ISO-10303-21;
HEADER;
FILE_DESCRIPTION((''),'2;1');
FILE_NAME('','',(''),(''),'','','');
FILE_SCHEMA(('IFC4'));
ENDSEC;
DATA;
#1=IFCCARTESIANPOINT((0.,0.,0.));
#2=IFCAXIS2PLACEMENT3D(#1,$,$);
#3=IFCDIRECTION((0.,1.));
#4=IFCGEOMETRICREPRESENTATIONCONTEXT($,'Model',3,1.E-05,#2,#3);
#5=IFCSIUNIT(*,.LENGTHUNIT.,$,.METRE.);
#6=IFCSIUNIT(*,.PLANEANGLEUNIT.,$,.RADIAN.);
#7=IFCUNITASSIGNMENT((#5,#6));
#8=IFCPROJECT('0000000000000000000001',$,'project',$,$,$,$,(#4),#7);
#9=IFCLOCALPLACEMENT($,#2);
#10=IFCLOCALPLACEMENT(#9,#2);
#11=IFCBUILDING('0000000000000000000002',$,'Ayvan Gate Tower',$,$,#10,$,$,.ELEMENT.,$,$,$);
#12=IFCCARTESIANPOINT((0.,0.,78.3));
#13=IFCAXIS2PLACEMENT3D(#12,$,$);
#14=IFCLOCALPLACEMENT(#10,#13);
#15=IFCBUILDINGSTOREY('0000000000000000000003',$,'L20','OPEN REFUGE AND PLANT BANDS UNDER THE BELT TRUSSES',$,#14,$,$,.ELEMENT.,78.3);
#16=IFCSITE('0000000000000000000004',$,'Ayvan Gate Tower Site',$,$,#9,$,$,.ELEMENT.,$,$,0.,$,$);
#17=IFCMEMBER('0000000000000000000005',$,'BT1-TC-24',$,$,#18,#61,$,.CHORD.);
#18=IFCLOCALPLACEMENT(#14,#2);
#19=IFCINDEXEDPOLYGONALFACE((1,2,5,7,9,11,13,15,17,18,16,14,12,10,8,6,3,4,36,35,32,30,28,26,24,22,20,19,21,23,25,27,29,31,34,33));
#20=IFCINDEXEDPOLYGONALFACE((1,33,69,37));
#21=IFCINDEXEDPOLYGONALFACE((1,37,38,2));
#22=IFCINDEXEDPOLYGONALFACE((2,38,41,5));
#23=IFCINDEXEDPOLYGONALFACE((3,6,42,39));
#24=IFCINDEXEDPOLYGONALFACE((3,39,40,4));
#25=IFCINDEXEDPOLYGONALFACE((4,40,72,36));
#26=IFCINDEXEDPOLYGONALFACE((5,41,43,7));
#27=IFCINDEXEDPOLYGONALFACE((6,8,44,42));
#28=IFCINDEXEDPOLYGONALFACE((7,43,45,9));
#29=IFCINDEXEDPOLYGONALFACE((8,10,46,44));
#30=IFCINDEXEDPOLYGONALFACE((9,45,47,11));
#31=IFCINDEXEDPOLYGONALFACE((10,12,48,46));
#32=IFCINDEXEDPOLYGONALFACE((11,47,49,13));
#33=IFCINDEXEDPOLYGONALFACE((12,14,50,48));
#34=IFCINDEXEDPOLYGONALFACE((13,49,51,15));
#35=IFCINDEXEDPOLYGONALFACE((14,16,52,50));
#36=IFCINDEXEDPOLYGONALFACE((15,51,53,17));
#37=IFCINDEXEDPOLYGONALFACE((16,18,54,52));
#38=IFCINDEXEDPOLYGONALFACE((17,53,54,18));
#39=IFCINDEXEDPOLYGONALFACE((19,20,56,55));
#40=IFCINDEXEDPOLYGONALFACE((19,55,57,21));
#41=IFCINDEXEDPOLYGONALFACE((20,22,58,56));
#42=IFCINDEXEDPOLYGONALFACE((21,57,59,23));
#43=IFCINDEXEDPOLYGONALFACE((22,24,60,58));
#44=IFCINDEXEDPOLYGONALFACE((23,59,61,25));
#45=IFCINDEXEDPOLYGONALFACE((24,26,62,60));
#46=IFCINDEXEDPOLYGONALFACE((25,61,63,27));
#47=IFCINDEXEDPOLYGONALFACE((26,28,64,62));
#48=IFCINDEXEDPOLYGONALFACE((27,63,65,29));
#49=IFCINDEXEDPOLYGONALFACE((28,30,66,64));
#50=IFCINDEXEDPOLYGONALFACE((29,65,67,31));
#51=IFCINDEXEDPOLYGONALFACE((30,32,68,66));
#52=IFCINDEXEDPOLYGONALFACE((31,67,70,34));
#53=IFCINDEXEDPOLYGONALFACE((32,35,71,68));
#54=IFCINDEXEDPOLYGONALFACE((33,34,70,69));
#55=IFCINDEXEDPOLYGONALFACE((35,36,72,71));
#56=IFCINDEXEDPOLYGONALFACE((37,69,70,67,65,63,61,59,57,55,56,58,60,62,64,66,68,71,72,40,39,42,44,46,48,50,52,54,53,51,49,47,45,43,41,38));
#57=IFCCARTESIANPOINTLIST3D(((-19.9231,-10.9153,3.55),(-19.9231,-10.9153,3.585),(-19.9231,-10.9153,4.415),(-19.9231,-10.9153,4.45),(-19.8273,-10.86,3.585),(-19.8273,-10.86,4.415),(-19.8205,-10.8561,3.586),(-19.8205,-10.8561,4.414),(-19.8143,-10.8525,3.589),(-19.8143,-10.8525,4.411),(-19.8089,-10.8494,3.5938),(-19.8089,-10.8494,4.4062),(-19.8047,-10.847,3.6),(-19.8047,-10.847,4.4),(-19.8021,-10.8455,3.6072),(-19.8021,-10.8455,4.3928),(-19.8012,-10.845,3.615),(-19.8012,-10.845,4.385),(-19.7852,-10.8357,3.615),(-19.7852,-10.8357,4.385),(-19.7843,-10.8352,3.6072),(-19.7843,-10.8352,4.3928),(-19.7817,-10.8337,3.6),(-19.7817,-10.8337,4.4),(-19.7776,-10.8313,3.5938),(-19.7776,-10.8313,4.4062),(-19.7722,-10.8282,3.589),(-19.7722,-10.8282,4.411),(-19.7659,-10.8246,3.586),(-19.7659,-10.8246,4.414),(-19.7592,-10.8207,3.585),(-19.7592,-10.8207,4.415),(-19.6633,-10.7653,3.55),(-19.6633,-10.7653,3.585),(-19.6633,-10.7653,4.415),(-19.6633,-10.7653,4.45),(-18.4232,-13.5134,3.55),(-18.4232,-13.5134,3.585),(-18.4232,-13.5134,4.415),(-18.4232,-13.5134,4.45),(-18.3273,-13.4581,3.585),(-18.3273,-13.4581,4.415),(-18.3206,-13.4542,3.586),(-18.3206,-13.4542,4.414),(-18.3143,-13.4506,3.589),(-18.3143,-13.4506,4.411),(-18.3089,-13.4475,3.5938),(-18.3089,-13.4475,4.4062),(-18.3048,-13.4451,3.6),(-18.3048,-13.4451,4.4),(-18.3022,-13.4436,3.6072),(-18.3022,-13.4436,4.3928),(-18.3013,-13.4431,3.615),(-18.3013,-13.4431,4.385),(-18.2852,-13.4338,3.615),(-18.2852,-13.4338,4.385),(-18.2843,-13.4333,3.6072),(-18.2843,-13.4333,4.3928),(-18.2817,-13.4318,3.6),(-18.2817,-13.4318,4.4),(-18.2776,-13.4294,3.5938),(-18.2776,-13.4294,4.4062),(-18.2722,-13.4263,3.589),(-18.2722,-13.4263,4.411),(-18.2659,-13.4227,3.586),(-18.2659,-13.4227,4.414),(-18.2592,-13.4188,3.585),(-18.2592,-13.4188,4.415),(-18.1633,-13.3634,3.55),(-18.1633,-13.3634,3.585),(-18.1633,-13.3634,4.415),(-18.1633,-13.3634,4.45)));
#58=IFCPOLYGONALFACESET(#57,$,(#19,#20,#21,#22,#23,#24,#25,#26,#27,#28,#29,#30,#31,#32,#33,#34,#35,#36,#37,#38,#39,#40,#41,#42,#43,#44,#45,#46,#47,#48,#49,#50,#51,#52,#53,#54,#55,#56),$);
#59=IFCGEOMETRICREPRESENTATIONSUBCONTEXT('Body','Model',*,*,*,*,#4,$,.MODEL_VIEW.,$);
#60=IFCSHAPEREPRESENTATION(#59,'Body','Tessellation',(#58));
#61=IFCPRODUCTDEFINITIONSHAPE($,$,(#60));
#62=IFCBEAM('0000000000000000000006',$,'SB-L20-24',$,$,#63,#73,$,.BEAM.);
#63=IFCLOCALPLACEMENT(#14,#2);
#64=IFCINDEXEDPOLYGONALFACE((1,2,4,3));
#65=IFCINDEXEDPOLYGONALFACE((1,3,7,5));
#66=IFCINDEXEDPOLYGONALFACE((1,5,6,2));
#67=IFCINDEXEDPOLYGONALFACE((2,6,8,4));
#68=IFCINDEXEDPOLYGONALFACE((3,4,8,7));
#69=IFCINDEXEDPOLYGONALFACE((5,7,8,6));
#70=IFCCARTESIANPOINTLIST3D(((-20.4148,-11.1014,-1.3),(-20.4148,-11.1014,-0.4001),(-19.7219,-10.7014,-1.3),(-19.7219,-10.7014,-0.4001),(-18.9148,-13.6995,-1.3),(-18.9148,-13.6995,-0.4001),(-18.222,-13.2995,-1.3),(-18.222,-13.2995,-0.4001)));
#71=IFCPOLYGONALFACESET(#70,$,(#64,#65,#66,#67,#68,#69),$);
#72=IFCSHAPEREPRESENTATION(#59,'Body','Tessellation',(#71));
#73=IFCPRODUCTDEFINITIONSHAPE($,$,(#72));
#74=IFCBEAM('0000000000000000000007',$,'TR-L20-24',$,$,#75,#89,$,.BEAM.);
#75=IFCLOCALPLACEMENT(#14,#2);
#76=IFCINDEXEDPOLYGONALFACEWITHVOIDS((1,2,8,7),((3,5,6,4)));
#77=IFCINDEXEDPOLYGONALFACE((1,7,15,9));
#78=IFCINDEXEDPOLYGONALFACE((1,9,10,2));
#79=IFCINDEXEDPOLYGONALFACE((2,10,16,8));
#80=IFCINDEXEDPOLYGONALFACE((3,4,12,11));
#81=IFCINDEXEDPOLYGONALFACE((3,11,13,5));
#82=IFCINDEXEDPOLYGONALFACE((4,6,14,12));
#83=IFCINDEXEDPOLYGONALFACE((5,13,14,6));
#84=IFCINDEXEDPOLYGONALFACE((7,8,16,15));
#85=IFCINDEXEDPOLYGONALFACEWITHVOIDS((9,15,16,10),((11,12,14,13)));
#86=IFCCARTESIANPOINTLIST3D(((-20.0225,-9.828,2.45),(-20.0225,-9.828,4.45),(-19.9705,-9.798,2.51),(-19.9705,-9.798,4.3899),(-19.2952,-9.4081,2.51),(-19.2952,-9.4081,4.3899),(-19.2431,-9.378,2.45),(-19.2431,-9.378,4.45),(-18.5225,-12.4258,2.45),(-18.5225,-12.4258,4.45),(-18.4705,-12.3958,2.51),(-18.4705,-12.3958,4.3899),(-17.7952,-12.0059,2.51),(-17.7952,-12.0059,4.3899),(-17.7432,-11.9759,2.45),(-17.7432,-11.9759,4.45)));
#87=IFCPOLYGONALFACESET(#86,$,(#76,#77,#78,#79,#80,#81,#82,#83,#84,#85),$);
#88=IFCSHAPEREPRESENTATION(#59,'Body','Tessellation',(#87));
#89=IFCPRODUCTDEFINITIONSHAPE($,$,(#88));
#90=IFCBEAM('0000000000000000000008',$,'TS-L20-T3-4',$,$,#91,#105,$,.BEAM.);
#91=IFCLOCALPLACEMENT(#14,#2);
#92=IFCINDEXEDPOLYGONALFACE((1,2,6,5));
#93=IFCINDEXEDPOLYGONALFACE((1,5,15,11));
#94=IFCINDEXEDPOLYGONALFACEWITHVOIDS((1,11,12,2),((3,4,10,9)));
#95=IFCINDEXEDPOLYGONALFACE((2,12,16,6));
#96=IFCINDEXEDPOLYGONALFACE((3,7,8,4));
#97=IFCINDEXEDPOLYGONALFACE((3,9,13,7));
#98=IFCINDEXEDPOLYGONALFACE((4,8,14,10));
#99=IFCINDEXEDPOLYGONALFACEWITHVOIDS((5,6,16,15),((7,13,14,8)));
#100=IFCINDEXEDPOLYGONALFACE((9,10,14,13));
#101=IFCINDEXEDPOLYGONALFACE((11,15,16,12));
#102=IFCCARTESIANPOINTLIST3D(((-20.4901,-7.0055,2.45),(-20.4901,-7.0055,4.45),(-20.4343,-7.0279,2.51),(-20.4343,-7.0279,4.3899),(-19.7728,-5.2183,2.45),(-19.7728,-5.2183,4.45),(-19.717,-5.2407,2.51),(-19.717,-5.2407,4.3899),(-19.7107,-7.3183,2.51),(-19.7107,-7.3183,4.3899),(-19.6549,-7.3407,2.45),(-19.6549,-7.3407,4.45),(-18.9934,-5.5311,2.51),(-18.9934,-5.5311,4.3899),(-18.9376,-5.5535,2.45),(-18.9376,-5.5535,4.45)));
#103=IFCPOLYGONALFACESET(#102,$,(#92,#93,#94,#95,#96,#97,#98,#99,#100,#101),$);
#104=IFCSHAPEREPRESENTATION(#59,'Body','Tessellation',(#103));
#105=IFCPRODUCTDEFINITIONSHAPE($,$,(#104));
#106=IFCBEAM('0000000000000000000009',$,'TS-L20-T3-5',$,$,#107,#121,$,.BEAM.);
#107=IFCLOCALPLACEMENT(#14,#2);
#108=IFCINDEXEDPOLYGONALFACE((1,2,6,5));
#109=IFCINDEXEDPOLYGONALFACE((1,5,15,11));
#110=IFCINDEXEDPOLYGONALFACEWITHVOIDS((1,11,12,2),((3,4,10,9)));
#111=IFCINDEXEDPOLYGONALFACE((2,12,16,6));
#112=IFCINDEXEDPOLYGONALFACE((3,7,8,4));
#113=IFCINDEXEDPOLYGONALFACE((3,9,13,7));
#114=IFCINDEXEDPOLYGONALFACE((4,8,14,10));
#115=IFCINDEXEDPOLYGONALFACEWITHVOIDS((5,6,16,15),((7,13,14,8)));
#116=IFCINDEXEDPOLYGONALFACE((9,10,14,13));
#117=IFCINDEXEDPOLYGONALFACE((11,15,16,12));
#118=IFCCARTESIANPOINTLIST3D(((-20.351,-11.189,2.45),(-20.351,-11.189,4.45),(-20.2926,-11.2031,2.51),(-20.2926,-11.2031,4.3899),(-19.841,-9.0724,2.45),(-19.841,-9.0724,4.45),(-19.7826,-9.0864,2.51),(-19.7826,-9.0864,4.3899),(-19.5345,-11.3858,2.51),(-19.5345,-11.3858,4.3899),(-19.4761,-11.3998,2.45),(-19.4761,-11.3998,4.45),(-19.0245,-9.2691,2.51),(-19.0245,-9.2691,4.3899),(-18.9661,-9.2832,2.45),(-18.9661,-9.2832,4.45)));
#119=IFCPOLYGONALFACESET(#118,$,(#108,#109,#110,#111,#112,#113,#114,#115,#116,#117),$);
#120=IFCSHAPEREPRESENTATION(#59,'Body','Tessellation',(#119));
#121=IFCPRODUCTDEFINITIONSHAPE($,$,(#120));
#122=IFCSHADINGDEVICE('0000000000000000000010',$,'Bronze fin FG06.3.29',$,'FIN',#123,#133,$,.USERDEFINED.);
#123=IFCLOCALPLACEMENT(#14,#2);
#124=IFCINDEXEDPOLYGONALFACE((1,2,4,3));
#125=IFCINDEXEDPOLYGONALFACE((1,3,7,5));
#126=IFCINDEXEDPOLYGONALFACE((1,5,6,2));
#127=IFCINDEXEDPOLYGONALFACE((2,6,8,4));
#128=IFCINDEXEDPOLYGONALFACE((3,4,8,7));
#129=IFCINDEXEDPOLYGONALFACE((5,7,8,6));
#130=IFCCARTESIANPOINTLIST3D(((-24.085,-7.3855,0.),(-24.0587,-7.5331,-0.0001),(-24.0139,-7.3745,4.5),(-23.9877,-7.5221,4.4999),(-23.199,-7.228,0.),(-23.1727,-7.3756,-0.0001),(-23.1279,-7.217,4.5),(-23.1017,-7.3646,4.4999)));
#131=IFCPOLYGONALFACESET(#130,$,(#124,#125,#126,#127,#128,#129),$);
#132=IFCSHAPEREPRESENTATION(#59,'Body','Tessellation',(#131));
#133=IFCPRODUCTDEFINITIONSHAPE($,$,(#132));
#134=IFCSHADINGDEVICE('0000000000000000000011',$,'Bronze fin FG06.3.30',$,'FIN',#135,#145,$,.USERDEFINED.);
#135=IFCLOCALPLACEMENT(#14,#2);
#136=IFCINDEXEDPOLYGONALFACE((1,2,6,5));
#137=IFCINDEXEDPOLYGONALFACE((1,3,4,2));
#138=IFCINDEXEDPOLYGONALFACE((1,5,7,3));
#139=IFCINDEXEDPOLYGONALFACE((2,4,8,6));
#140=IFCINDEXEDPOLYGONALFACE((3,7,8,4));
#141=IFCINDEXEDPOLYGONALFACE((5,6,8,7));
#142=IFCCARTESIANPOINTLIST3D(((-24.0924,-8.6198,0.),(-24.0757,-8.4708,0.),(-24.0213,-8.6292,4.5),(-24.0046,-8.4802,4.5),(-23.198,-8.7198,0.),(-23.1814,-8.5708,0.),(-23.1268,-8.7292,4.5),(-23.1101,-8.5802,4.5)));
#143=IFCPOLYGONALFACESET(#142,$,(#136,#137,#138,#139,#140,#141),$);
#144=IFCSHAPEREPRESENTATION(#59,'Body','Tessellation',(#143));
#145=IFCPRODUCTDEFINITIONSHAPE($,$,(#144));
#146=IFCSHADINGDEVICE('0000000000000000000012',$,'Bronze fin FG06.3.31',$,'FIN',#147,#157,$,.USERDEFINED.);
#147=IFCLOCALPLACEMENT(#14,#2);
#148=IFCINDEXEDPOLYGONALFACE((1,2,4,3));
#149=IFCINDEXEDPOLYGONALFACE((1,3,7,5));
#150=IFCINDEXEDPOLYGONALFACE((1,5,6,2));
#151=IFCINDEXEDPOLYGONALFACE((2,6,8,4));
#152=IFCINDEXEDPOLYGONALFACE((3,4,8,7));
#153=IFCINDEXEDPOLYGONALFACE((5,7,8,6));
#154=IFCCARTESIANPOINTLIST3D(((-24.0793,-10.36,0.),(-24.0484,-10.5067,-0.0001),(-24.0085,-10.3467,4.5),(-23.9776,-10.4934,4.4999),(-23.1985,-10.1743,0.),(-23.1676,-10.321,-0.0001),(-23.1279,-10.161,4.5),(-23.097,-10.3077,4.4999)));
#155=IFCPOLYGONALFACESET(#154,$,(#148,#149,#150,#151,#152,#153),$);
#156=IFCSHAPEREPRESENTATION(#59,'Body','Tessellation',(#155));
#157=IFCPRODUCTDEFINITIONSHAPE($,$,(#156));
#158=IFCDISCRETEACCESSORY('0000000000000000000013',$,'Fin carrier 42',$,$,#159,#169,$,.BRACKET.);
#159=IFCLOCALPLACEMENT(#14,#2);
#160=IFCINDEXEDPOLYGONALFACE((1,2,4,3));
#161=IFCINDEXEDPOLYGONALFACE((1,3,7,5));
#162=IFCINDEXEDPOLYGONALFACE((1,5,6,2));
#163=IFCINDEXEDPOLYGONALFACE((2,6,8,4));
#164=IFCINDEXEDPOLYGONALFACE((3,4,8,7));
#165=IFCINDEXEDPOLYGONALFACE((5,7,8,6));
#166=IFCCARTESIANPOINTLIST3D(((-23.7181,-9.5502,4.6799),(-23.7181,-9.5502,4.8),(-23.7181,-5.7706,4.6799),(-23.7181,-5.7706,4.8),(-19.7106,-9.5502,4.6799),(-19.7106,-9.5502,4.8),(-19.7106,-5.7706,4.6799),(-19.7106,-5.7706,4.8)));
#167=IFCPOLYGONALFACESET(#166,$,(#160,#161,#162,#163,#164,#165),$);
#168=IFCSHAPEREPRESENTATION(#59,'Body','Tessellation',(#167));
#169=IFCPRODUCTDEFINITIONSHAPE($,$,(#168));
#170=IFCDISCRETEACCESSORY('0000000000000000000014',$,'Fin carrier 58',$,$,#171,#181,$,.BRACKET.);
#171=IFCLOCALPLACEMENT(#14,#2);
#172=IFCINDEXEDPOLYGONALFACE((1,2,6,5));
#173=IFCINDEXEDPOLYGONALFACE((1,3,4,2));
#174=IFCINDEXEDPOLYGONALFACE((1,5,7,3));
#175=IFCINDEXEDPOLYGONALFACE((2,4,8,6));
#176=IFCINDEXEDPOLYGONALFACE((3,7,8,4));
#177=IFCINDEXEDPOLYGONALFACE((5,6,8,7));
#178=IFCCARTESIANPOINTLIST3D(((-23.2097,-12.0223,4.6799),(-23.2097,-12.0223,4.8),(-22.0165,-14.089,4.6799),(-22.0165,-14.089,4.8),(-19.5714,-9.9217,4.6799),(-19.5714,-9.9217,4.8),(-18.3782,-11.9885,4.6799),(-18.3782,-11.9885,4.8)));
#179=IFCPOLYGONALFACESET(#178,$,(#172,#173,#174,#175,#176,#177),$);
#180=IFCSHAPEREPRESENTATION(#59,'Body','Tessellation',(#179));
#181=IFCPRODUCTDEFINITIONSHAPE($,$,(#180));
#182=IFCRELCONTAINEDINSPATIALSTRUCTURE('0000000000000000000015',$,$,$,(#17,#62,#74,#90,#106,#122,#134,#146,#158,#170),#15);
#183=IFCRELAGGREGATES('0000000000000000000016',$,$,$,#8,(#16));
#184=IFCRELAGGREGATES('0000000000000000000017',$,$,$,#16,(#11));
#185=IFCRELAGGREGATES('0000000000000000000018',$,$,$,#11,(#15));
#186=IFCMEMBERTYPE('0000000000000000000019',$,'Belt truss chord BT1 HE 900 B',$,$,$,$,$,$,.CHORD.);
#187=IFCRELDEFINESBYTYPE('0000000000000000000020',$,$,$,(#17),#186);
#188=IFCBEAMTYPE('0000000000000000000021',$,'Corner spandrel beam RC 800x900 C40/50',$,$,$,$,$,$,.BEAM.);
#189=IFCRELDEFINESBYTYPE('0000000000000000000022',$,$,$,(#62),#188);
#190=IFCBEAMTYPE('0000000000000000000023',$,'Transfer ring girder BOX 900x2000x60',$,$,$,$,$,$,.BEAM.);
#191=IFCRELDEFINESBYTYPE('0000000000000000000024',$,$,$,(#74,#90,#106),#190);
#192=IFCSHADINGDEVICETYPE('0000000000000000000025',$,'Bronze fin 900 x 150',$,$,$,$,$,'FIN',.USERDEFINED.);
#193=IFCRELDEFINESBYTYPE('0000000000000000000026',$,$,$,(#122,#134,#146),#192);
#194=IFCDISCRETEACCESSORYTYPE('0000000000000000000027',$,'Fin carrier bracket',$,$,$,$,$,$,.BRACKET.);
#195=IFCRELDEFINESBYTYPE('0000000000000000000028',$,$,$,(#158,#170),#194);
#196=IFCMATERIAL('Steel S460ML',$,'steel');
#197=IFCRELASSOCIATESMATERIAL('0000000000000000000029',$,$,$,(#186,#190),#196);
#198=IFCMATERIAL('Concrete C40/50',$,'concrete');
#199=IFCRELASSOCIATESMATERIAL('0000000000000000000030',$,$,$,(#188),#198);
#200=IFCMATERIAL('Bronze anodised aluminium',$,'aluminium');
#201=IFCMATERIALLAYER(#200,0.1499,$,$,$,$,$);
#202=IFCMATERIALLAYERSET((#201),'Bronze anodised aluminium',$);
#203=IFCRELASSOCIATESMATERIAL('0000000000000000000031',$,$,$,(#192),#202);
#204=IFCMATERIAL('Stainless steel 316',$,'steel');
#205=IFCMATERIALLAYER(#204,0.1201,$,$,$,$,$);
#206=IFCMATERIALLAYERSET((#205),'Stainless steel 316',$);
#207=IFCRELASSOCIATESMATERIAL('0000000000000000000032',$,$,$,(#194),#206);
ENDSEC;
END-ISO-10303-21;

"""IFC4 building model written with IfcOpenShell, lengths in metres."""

from ifc_helpers import new_model, si_unit, direction, frame, origin, origin_2d, place, context, subcontext, project, spatial, polyline, rectangle, hollow_rectangle, i_section, outline, extrude, material, layer, layer_set, material_profile, profile_set, type_object, element, save


model = new_model("IFC4")

# Units and contexts
model_context = context("Model", 3, precision=1e-05, world=origin(), true_north=direction((0.0, 1.0)))
body_context = subcontext(model_context, "Body", "Model", "MODEL_VIEW")
ifc_project = project(units=[si_unit("LENGTHUNIT", "METRE"), si_unit("PLANEANGLEUNIT", "RADIAN")], contexts=[model_context])

# Site, building, storey
site_placement = place(None, origin())
site = spatial("IfcSite", under=ifc_project, at=site_placement, Name="Ayvan Gate Tower Site", CompositionType="ELEMENT", RefElevation=0.0)
building_placement = place(site_placement, origin())
building = spatial("IfcBuilding", under=site, at=building_placement, Name="Ayvan Gate Tower", CompositionType="ELEMENT")
storey_placement = place(building_placement, frame((0.0, 0.0, 78.3)))
storey = spatial("IfcBuildingStorey", under=building, at=storey_placement, Name="L20", Description="OPEN REFUGE AND PLANT BANDS UNDER THE BELT TRUSSES", CompositionType="ELEMENT", Elevation=78.3)

# Member
ifc_material_1 = material(Name="Steel S460ML", Category="steel")
ifc_material_profile_1 = material_profile(ifc_material_1, i_section(OverallWidth=0.3, OverallDepth=0.8999, WebThickness=0.0186, FlangeThickness=0.0349, FilletRadius=0.03, at=origin_2d()), Name="HE 900 B")
ifc_profile_set_1 = profile_set([ifc_material_profile_1], Name="Steel S460ML")
member_type_1 = type_object("IfcMemberType", Name="Belt truss chord BT1 HE 900 B", PredefinedType="CHORD", material=ifc_profile_set_1)
member_1_placement = place(storey_placement, frame((-19.7932, -10.8403, 4.0), z_axis=(0.49999, -0.866031, 0.0), x_axis=(0.866031, 0.49999, 0.0)))
element("IfcMember", 1, at=member_1_placement, inside=storey, type_object=member_type_1, Name="BT1-TC-24", PredefinedType="CHORD", context=body_context, shape_type="SweptSolid", body=[
    extrude(i_section(OverallWidth=0.3, OverallDepth=0.8999, WebThickness=0.0186, FlangeThickness=0.0349, FilletRadius=0.03, at=origin_2d()), origin(), (0.0, 0.0, 1.0), 3.0),
])

# Beams
ifc_material_2 = material(Name="Concrete C40/50", Category="concrete")
ifc_material_profile_2 = material_profile(ifc_material_2, rectangle(XDim=0.8, YDim=0.8999, at=origin_2d()), Name="RC 800x900")
ifc_profile_set_2 = profile_set([ifc_material_profile_2], Name="Concrete C40/50")
beam_type_1 = type_object("IfcBeamType", Name="Corner spandrel beam RC 800x900 C40/50", PredefinedType="BEAM", material=ifc_profile_set_2)
beam_1_placement = place(storey_placement, frame((-20.0684, -10.9014, -0.8501), z_axis=(0.49999, -0.866031, 0.0), x_axis=(0.866031, 0.49999, 0.0)))
element("IfcBeam", 2, at=beam_1_placement, inside=storey, type_object=beam_type_1, Name="SB-L20-24", PredefinedType="BEAM", context=body_context, shape_type="SweptSolid", body=[
    extrude(rectangle(XDim=0.8, YDim=0.8999, at=origin_2d()), origin(), (0.0, 0.0, 1.0), 3.0),
])
ifc_material_profile_3 = material_profile(ifc_material_1, hollow_rectangle(XDim=0.8999, YDim=2.0, WallThickness=0.0601, at=origin_2d()), Name="BOX 900x2000x60")
ifc_profile_set_3 = profile_set([ifc_material_profile_3], Name="Steel S460ML")
beam_type_2 = type_object("IfcBeamType", Name="Transfer ring girder BOX 900x2000x60", PredefinedType="BEAM", material=ifc_profile_set_3)
beam_2_placement = place(storey_placement, frame((-19.6328, -9.603, 3.45), z_axis=(0.500025, -0.866011, 0.0), x_axis=(0.866011, 0.500025, 0.0)))
element("IfcBeam", 3, at=beam_2_placement, inside=storey, type_object=beam_type_2, Name="TR-L20-24", PredefinedType="BEAM", context=body_context, shape_type="SweptSolid", body=[
    extrude(hollow_rectangle(XDim=0.8999, YDim=2.0, WallThickness=0.0601, at=origin_2d()), origin(), (0.0, 0.0, 1.0), 2.9998),
])
beam_3_placement = place(storey_placement, frame((-20.0725, -7.1731, 3.45), z_axis=(0.372483, 0.928039, 0.0), x_axis=(-0.928039, 0.372483, 0.0)))
element("IfcBeam", 4, at=beam_3_placement, inside=storey, type_object=beam_type_2, Name="TS-L20-T3-4", PredefinedType="BEAM", context=body_context, shape_type="SweptSolid", body=[
    extrude(hollow_rectangle(XDim=0.8999, YDim=2.0, WallThickness=0.0601, at=origin_2d()), origin(), (0.0, 0.0, 1.0), 1.9258),
])
beam_4_placement = place(storey_placement, frame((-19.9136, -11.2944, 3.45), z_axis=(0.234242, 0.972178, 0.0), x_axis=(-0.972178, 0.234242, 0.0)))
element("IfcBeam", 5, at=beam_4_placement, inside=storey, type_object=beam_type_2, Name="TS-L20-T3-5", PredefinedType="BEAM", context=body_context, shape_type="SweptSolid", body=[
    extrude(hollow_rectangle(XDim=0.8999, YDim=2.0, WallThickness=0.0601, at=origin_2d()), origin(), (0.0, 0.0, 1.0), 2.1772),
])

# Shading devices
ifc_material_3 = material(Name="Bronze anodised aluminium", Category="aluminium")
ifc_layer_1 = layer(ifc_material_3, 0.1499)
ifc_layer_set_1 = layer_set([ifc_layer_1], Name="Bronze anodised aluminium")
shading_device_type = type_object("IfcShadingDeviceType", Name="Bronze fin 900 x 150", ElementType="FIN", PredefinedType="USERDEFINED", material=ifc_layer_set_1)
shading_device_1_placement = place(storey_placement, frame((-23.199, -7.228, 0.0), z_axis=(-0.174992, 0.98457, 0.000359), x_axis=(-0.98457, -0.174992, 0.0)))
element("IfcShadingDevice", 6, at=shading_device_1_placement, inside=storey, type_object=shading_device_type, Name="Bronze fin FG06.3.29", ObjectType="FIN", PredefinedType="USERDEFINED", context=body_context, shape_type="SweptSolid", body=[
    extrude(outline(polyline([(0.0, 0.0), (0.8999, 0.0), (0.828, 4.5), (-0.0719, 4.5), (0.0, 0.0)])), origin(), (0.0, 0.0, -1.0), 0.1499),
])
shading_device_2_placement = place(storey_placement, frame((-23.1814, -8.5708, 0.0), z_axis=(0.111087, 0.993811, 0.000319), x_axis=(-0.993811, 0.111087, 0.0)))
element("IfcShadingDevice", 7, at=shading_device_2_placement, inside=storey, type_object=shading_device_type, Name="Bronze fin FG06.3.30", ObjectType="FIN", PredefinedType="USERDEFINED", context=body_context, shape_type="SweptSolid", body=[
    extrude(outline(polyline([(0.0, 0.0), (0.8999, 0.0), (0.8282, 4.5), (-0.0719, 4.5), (0.0, 0.0)])), origin(), (0.0, 0.0, -1.0), 0.1499),
])
shading_device_3_placement = place(storey_placement, frame((-23.1985, -10.1743, 0.0), z_axis=(-0.206277, 0.978494, 0.000347), x_axis=(-0.978494, -0.206277, 0.0)))
element("IfcShadingDevice", 8, at=shading_device_3_placement, inside=storey, type_object=shading_device_type, Name="Bronze fin FG06.3.31", ObjectType="FIN", PredefinedType="USERDEFINED", context=body_context, shape_type="SweptSolid", body=[
    extrude(outline(polyline([(0.0, 0.0), (0.9002, 0.0), (0.8282, 4.5), (-0.0718, 4.5), (0.0, 0.0)])), origin(), (0.0, 0.0, -1.0), 0.1499),
])

# Discrete accessories
ifc_material_4 = material(Name="Stainless steel 316", Category="steel")
ifc_layer_2 = layer(ifc_material_4, 0.1201)
ifc_layer_set_2 = layer_set([ifc_layer_2], Name="Stainless steel 316")
discrete_accessory_type_1 = type_object("IfcDiscreteAccessoryType", Name="Fin carrier bracket", PredefinedType="BRACKET", material=ifc_layer_set_2)
discrete_accessory_1_placement = place(storey_placement, frame((-21.7144, -7.6604, 4.6799), z_axis=(0.0, 0.0, 1.0), x_axis=(0.0, -1.0, 0.0)))
element("IfcDiscreteAccessory", 9, at=discrete_accessory_1_placement, inside=storey, type_object=discrete_accessory_type_1, Name="Fin carrier 42", PredefinedType="BRACKET", context=body_context, shape_type="SweptSolid", body=[
    extrude(rectangle(XDim=3.7795, YDim=4.0076, at=origin_2d()), origin(), (0.0, 0.0, 1.0), 0.1201),
])
discrete_accessory_2_placement = place(storey_placement, frame((-20.7939, -12.0054, 4.6799), z_axis=(0.0, 0.0, 1.0), x_axis=(0.5, -0.866025, 0.0)))
element("IfcDiscreteAccessory", 10, at=discrete_accessory_2_placement, inside=storey, type_object=discrete_accessory_type_1, Name="Fin carrier 58", PredefinedType="BRACKET", context=body_context, shape_type="SweptSolid", body=[
    extrude(rectangle(XDim=2.3865, YDim=4.2012, at=origin_2d()), origin(), (0.0, 0.0, 1.0), 0.1201),
])

save(model, "model.ifc")
